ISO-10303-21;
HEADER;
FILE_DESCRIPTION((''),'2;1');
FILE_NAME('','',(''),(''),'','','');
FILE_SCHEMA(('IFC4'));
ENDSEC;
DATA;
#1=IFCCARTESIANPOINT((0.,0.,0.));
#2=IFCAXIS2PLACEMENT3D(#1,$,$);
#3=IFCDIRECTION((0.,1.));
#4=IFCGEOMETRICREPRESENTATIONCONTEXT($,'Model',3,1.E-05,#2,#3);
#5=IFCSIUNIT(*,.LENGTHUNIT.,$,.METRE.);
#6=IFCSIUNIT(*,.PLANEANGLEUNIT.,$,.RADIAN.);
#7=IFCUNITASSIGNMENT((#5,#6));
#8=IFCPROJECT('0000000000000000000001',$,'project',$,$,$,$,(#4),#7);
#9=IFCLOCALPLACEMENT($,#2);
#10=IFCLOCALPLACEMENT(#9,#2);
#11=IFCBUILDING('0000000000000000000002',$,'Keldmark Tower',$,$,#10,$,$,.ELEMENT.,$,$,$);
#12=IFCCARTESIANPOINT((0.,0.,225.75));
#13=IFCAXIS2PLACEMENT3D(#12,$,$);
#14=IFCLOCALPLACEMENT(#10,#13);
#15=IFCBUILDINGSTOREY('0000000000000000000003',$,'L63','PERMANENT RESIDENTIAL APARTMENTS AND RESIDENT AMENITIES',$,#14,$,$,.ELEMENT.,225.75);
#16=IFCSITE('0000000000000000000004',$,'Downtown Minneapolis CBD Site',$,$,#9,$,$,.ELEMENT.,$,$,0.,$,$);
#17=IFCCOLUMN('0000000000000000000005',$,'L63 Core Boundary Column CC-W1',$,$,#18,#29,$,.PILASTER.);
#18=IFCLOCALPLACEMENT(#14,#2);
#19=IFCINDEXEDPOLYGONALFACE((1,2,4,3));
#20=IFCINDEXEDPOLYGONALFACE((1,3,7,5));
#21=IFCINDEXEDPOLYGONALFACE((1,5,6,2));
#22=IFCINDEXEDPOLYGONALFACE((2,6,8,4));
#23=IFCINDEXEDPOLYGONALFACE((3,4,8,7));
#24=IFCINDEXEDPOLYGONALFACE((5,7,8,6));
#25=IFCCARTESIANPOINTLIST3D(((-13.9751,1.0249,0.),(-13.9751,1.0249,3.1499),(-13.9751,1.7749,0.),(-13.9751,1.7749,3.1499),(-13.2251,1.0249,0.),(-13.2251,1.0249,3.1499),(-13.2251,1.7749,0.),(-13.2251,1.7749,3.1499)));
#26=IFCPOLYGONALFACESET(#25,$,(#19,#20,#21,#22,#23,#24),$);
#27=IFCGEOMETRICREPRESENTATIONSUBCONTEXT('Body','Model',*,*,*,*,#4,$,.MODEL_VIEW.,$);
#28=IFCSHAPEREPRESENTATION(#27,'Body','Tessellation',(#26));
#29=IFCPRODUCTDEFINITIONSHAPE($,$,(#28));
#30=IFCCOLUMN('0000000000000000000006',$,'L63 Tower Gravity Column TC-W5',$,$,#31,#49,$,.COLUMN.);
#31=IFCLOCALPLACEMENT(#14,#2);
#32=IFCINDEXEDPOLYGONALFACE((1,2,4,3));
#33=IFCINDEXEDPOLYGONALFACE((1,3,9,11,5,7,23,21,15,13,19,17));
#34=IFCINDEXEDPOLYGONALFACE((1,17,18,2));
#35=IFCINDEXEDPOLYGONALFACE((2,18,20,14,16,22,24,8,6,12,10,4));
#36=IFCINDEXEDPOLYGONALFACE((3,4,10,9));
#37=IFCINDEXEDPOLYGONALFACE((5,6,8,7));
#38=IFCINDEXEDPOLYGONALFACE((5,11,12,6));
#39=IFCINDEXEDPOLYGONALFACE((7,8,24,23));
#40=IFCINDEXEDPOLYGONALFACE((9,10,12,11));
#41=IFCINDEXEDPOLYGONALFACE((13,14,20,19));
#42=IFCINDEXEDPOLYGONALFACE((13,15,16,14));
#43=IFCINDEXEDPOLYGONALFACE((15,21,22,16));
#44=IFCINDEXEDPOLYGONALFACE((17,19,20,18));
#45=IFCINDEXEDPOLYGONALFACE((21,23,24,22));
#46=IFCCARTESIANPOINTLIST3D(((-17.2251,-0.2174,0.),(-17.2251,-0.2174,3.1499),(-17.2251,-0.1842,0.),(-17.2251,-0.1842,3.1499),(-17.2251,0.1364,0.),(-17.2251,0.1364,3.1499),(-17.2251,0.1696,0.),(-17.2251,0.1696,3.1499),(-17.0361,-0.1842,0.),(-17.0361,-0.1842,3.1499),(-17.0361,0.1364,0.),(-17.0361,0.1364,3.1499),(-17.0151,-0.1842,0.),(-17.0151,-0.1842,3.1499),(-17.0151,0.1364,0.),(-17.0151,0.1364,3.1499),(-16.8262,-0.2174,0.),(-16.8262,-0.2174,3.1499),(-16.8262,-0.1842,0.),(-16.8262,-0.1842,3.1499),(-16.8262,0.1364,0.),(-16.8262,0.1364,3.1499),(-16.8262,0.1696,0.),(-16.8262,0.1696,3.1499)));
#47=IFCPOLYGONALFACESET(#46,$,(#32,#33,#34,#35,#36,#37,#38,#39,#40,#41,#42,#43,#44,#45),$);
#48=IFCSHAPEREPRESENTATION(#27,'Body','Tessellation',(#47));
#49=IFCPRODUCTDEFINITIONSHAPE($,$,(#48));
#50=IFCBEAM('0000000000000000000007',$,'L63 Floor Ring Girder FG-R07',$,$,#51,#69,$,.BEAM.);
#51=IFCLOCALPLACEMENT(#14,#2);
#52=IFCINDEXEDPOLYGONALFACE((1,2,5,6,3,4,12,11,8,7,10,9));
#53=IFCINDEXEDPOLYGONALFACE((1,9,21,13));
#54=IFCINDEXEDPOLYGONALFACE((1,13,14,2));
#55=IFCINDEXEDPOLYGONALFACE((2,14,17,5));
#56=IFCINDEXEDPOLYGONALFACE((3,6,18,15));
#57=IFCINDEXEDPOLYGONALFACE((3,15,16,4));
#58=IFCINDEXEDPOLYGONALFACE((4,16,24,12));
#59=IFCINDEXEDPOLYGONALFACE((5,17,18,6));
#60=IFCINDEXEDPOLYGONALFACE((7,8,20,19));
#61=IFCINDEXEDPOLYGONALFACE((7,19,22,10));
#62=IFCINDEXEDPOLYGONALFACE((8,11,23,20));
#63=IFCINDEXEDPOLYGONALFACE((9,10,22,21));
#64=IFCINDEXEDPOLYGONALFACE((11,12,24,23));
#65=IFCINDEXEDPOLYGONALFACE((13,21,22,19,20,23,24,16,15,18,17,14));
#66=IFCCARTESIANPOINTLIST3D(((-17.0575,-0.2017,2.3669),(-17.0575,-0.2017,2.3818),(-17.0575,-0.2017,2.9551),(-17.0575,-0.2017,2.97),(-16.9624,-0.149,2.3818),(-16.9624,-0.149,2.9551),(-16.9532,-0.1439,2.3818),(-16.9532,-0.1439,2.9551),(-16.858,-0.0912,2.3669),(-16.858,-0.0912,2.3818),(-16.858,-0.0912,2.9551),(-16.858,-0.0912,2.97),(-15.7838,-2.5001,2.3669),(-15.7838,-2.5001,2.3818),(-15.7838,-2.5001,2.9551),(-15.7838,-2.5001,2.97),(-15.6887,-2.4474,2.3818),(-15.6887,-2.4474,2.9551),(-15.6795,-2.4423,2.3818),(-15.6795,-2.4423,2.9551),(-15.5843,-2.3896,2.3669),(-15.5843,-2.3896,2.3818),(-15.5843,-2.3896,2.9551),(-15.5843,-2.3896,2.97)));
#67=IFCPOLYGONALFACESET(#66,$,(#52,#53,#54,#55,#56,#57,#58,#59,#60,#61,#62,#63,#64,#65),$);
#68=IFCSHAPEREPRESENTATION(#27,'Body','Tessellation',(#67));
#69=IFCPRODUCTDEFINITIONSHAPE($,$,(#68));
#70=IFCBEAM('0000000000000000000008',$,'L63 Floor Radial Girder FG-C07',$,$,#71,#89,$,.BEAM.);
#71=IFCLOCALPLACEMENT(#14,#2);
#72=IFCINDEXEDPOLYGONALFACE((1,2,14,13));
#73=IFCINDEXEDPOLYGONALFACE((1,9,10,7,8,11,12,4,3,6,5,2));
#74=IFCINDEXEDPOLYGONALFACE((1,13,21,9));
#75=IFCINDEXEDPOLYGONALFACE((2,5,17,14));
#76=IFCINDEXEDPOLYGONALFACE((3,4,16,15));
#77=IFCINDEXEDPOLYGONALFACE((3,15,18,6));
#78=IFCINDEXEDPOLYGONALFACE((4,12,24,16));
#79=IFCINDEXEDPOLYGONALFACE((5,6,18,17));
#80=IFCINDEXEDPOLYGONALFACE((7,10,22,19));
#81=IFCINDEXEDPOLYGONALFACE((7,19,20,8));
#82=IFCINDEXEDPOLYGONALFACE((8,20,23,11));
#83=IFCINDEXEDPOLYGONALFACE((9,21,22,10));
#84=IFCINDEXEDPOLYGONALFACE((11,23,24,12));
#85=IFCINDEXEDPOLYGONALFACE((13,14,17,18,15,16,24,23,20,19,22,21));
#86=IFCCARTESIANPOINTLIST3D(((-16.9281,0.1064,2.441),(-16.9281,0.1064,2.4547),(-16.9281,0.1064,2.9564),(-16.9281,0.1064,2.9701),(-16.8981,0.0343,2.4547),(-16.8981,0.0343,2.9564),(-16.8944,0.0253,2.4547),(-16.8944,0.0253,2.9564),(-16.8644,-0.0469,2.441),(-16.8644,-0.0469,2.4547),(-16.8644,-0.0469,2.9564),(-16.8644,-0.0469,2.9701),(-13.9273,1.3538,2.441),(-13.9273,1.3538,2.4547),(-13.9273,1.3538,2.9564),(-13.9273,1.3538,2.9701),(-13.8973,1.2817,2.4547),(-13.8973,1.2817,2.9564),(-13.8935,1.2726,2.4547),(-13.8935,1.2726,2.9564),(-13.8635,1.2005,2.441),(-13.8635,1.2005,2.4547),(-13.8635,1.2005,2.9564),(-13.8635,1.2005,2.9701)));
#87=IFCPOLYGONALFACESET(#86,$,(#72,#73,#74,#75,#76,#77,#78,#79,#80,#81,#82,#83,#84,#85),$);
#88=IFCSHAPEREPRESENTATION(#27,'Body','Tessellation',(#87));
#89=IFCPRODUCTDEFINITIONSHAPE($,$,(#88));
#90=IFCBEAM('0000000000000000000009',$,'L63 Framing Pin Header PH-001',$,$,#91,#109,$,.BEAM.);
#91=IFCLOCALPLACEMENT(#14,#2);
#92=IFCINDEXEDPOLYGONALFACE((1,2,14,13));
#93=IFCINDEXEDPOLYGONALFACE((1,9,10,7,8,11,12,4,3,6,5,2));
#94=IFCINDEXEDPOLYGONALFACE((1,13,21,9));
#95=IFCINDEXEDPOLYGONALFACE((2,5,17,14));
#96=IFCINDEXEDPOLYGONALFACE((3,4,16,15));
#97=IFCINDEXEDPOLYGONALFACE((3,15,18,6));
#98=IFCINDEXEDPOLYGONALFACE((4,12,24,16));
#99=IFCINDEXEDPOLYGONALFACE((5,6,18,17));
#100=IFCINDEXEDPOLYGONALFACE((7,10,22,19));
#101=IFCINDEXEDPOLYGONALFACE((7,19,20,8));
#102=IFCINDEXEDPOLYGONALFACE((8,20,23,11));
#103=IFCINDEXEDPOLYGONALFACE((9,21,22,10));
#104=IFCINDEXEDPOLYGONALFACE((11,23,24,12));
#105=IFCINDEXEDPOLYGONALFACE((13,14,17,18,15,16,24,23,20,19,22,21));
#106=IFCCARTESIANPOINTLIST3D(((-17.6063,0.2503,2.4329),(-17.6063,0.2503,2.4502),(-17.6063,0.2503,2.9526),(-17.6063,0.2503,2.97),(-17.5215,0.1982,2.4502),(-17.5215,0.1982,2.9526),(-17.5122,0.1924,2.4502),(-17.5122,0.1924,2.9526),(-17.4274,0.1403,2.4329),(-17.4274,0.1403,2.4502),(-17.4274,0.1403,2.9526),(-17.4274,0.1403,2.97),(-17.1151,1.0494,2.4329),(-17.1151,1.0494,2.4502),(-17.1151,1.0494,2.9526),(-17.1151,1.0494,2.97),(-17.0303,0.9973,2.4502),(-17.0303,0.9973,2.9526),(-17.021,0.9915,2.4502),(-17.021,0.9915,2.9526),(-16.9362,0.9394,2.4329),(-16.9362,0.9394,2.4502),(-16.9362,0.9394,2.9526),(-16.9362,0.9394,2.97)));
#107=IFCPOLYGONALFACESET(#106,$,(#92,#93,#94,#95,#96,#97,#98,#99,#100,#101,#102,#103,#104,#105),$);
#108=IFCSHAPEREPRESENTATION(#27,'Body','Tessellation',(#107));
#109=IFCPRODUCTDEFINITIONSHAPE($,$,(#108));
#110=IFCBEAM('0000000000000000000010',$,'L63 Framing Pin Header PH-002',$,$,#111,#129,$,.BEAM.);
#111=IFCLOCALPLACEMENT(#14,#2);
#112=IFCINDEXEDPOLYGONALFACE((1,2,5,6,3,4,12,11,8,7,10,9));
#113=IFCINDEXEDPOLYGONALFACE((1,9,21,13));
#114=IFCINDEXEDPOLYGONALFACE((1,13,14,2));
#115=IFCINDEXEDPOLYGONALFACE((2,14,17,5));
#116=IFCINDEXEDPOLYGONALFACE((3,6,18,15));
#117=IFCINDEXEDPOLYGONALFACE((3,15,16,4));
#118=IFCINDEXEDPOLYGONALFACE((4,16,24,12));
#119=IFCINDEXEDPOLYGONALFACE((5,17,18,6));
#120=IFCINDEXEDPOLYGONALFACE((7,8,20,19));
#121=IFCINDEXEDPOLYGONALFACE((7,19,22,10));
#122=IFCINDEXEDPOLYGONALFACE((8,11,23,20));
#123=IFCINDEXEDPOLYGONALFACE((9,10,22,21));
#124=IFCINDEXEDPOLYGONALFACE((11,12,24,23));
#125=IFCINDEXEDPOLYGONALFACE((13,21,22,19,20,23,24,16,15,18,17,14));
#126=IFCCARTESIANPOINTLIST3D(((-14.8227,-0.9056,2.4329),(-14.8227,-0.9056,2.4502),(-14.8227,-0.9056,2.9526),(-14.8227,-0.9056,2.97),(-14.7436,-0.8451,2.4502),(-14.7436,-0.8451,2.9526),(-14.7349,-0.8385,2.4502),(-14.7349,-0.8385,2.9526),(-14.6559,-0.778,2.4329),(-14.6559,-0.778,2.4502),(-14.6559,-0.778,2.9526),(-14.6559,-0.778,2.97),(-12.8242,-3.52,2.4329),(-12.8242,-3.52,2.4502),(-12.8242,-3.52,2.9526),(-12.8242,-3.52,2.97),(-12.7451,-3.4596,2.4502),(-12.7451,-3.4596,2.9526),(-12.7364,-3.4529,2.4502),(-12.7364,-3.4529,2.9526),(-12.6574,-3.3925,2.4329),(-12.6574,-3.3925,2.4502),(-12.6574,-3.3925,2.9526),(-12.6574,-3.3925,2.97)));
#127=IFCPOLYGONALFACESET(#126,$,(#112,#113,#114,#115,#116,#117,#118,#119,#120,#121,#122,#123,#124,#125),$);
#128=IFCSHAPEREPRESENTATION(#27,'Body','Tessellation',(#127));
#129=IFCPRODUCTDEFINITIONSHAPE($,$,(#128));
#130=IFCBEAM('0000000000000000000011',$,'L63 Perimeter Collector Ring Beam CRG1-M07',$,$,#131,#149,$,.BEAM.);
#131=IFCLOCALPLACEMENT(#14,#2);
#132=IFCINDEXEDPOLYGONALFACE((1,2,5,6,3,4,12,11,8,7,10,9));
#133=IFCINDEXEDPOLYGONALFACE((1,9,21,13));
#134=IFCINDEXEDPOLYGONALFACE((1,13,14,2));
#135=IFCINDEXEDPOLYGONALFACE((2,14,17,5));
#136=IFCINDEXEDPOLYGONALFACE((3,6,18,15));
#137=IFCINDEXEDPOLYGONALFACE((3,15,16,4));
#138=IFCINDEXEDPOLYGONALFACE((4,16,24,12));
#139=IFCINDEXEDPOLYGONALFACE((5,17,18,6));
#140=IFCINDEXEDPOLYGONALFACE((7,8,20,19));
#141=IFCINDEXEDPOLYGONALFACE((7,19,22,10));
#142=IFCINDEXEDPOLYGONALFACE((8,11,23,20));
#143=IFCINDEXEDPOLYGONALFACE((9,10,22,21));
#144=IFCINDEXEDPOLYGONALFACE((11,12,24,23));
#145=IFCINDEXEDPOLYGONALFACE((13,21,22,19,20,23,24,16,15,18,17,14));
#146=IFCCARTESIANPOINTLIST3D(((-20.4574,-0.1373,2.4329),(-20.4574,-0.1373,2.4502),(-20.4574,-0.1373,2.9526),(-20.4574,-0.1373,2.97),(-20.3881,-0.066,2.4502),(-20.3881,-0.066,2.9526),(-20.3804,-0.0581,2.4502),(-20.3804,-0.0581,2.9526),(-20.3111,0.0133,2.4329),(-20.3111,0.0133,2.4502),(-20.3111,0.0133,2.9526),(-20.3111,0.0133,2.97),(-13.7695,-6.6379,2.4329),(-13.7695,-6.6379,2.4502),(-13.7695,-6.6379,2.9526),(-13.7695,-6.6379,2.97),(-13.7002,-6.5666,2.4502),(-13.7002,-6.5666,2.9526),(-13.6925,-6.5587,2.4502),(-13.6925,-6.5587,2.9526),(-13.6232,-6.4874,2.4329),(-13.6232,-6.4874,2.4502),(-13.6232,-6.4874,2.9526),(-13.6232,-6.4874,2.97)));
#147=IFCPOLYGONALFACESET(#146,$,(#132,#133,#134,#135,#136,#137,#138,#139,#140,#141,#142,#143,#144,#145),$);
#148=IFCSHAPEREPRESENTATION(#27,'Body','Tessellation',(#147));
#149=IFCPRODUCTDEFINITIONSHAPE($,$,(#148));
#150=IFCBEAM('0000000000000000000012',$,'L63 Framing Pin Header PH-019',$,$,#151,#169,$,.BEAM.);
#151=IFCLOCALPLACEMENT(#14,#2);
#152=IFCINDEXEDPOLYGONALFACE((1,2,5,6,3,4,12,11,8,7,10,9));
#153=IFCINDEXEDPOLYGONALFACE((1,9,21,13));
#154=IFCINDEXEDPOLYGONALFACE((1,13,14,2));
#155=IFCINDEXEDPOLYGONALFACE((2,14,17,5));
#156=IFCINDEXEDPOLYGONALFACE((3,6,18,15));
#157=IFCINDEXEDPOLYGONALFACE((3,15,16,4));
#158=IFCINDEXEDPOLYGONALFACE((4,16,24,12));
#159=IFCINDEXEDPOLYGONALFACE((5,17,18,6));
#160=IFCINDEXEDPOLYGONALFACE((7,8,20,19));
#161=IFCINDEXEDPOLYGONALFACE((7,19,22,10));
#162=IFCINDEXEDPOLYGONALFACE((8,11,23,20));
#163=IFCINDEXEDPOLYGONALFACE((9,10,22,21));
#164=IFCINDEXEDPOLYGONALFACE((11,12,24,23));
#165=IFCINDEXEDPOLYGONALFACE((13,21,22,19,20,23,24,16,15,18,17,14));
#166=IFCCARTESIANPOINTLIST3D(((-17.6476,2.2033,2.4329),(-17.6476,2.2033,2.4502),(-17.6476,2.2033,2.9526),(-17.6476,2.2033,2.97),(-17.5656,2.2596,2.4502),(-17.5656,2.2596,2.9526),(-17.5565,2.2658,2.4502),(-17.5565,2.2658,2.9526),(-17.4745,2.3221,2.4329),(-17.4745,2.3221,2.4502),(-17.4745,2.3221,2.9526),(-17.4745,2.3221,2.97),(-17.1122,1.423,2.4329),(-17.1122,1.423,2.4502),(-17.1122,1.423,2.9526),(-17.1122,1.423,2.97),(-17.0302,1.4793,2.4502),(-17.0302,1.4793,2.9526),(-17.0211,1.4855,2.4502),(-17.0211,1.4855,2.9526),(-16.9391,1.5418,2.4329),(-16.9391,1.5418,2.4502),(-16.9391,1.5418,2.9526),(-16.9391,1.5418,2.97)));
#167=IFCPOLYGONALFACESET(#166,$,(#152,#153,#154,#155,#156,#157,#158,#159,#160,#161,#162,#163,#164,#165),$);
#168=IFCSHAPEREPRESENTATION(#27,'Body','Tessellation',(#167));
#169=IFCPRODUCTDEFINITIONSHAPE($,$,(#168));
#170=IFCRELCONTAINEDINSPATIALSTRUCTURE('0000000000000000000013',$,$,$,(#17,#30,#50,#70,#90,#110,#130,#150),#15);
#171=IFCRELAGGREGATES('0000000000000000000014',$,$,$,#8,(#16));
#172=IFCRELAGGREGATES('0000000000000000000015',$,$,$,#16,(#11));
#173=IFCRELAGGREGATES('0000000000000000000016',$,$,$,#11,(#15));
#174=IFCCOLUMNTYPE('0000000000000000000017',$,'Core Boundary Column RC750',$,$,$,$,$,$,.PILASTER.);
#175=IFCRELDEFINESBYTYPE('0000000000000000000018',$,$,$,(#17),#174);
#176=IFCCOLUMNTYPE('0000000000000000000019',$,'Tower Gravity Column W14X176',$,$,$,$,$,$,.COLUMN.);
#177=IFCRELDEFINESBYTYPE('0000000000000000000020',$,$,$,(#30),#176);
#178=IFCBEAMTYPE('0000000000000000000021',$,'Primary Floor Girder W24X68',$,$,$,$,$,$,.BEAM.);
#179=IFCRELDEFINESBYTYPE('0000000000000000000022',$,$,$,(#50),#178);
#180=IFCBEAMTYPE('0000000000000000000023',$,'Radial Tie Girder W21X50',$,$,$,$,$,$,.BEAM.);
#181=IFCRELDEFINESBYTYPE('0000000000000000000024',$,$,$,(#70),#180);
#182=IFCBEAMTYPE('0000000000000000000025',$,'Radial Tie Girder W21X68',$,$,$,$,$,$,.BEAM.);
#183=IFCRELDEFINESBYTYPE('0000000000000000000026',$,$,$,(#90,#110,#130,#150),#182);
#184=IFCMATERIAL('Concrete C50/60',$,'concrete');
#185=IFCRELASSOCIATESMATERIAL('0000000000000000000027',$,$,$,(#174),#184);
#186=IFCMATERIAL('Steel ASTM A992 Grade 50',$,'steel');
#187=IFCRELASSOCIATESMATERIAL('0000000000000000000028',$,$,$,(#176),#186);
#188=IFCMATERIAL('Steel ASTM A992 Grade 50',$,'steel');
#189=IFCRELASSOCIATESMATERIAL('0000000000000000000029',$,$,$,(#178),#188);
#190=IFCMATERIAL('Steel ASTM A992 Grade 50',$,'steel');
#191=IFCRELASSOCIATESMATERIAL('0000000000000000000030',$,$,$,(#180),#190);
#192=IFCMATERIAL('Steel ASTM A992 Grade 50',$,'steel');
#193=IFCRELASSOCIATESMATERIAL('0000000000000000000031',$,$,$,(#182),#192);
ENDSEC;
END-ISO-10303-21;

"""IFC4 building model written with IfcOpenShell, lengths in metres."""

from ifc_helpers import new_model, si_unit, direction, frame, origin, origin_2d, place, context, subcontext, project, spatial, rectangle, i_section, extrude, material, material_profile, profile_set, type_object, element, save


model = new_model("IFC4")

# Units and contexts
model_context = context("Model", 3, precision=1e-05, world=origin(), true_north=direction((0.0, 1.0)))
body_context = subcontext(model_context, "Body", "Model", "MODEL_VIEW")
ifc_project = project(units=[si_unit("LENGTHUNIT", "METRE"), si_unit("PLANEANGLEUNIT", "RADIAN")], contexts=[model_context])

# Site, building, storey
site_placement = place(None, origin())
site = spatial("IfcSite", under=ifc_project, at=site_placement, Name="Downtown Minneapolis CBD Site", CompositionType="ELEMENT", RefElevation=0.0)
building_placement = place(site_placement, origin())
building = spatial("IfcBuilding", under=site, at=building_placement, Name="Keldmark Tower", CompositionType="ELEMENT")
storey_placement = place(building_placement, frame((0.0, 0.0, 225.75)))
storey = spatial("IfcBuildingStorey", under=building, at=storey_placement, Name="L63", Description="PERMANENT RESIDENTIAL APARTMENTS AND RESIDENT AMENITIES", CompositionType="ELEMENT", Elevation=225.75)

# Columns
ifc_material_1 = material(Name="Concrete C50/60", Category="concrete")
ifc_material_profile_1 = material_profile(ifc_material_1, rectangle(XDim=0.75, YDim=0.75, at=origin_2d()), Name="RC750X750")
ifc_profile_set_1 = profile_set([ifc_material_profile_1], Name="Concrete C50/60")
column_type_1 = type_object("IfcColumnType", Name="Core Boundary Column RC750", PredefinedType="PILASTER", material=ifc_profile_set_1)
column_1_placement = place(storey_placement, frame((-13.6001, 1.3999, 0.0), z_axis=(0.0, 0.0, 1.0), x_axis=(1.0, 0.0, 0.0)))
element("IfcColumn", 1, at=column_1_placement, inside=storey, type_object=column_type_1, Name="L63 Core Boundary Column CC-W1", PredefinedType="PILASTER", context=body_context, shape_type="SweptSolid", body=[
    extrude(rectangle(XDim=0.75, YDim=0.75, at=origin_2d()), origin(), (0.0, 0.0, 1.0), 3.1499),
])
ifc_material_2 = material(Name="Steel ASTM A992 Grade 50", Category="steel")
ifc_material_profile_2 = material_profile(ifc_material_2, i_section(OverallWidth=0.3989, OverallDepth=0.387, WebThickness=0.021, FlangeThickness=0.0332, at=origin_2d()), Name="W14X176")
ifc_profile_set_2 = profile_set([ifc_material_profile_2], Name="Steel ASTM A992 Grade 50")
column_type_2 = type_object("IfcColumnType", Name="Tower Gravity Column W14X176", PredefinedType="COLUMN", material=ifc_profile_set_2)
column_2_placement = place(storey_placement, frame((-17.0256, -0.0239, 0.0), z_axis=(0.0, 0.0, 1.0), x_axis=(1.0, 0.0, 0.0)))
element("IfcColumn", 2, at=column_2_placement, inside=storey, type_object=column_type_2, Name="L63 Tower Gravity Column TC-W5", PredefinedType="COLUMN", context=body_context, shape_type="SweptSolid", body=[
    extrude(i_section(OverallWidth=0.3989, OverallDepth=0.387, WebThickness=0.021, FlangeThickness=0.0332, at=origin_2d()), origin(), (0.0, 0.0, 1.0), 3.1499),
])

# Beams
ifc_material_3 = material(Name="Steel ASTM A992 Grade 50", Category="steel")
ifc_material_profile_3 = material_profile(ifc_material_3, i_section(OverallWidth=0.228, OverallDepth=0.603, WebThickness=0.0105, FlangeThickness=0.0149, at=origin_2d()), Name="W24X68")
ifc_profile_set_3 = profile_set([ifc_material_profile_3], Name="Steel ASTM A992 Grade 50")
beam_type_1 = type_object("IfcBeamType", Name="Primary Floor Girder W24X68", PredefinedType="BEAM", material=ifc_profile_set_3)
beam_1_placement = place(storey_placement, frame((-16.9578, -0.1465, 2.6685), z_axis=(0.48472, -0.87467, 0.0), x_axis=(0.87467, 0.48472, 0.0)))
element("IfcBeam", 3, at=beam_1_placement, inside=storey, type_object=beam_type_1, Name="L63 Floor Ring Girder FG-R07", PredefinedType="BEAM", context=body_context, shape_type="SweptSolid", body=[
    extrude(i_section(OverallWidth=0.228, OverallDepth=0.603, WebThickness=0.0105, FlangeThickness=0.0149, at=origin_2d()), origin(), (0.0, 0.0, 1.0), 2.6277),
])
ifc_material_4 = material(Name="Steel ASTM A992 Grade 50", Category="steel")
ifc_material_profile_4 = material_profile(ifc_material_4, i_section(OverallWidth=0.166, OverallDepth=0.5291, WebThickness=0.0098, FlangeThickness=0.0137, at=origin_2d()), Name="W21X50")
ifc_profile_set_4 = profile_set([ifc_material_profile_4], Name="Steel ASTM A992 Grade 50")
beam_type_2 = type_object("IfcBeamType", Name="Radial Tie Girder W21X50", PredefinedType="BEAM", material=ifc_profile_set_4)
beam_2_placement = place(storey_placement, frame((-16.8962, 0.0298, 2.7056), z_axis=(0.923403, 0.383831, 0.0), x_axis=(-0.383831, 0.923403, 0.0)))
element("IfcBeam", 4, at=beam_2_placement, inside=storey, type_object=beam_type_2, Name="L63 Floor Radial Girder FG-C07", PredefinedType="BEAM", context=body_context, shape_type="SweptSolid", body=[
    extrude(i_section(OverallWidth=0.166, OverallDepth=0.5291, WebThickness=0.0098, FlangeThickness=0.0137, at=origin_2d()), origin(), (0.0, 0.0, 1.0), 3.2498),
])
ifc_material_5 = material(Name="Steel ASTM A992 Grade 50", Category="steel")
ifc_material_profile_5 = material_profile(ifc_material_5, i_section(OverallWidth=0.21, OverallDepth=0.5371, WebThickness=0.011, FlangeThickness=0.0173, at=origin_2d()), Name="W21X68")
ifc_profile_set_5 = profile_set([ifc_material_profile_5], Name="Steel ASTM A992 Grade 50")
beam_type_3 = type_object("IfcBeamType", Name="Radial Tie Girder W21X68", PredefinedType="BEAM", material=ifc_profile_set_5)
beam_3_placement = place(storey_placement, frame((-17.0256, 0.9944, 2.7014), z_axis=(-0.523691, -0.851908, 0.0), x_axis=(0.851908, -0.523691, 0.0)))
element("IfcBeam", 5, at=beam_3_placement, inside=storey, type_object=beam_type_3, Name="L63 Framing Pin Header PH-001", PredefinedType="BEAM", context=body_context, shape_type="SweptSolid", body=[
    extrude(i_section(OverallWidth=0.21, OverallDepth=0.5371, WebThickness=0.011, FlangeThickness=0.0173, at=origin_2d()), origin(), (0.0, 0.0, 1.0), 0.938),
])
beam_4_placement = place(storey_placement, frame((-14.7393, -0.8418, 2.7014), z_axis=(0.607299, -0.794474, 0.0), x_axis=(0.794474, 0.607299, 0.0)))
element("IfcBeam", 6, at=beam_4_placement, inside=storey, type_object=beam_type_3, Name="L63 Framing Pin Header PH-002", PredefinedType="BEAM", context=body_context, shape_type="SweptSolid", body=[
    extrude(i_section(OverallWidth=0.21, OverallDepth=0.5371, WebThickness=0.011, FlangeThickness=0.0173, at=origin_2d()), origin(), (0.0, 0.0, 1.0), 3.2908),
])
beam_5_placement = place(storey_placement, frame((-20.3843, -0.062, 2.7014), z_axis=(0.717074, -0.696997, 0.0), x_axis=(0.696997, 0.717074, 0.0)))
element("IfcBeam", 7, at=beam_5_placement, inside=storey, type_object=beam_type_3, Name="L63 Perimeter Collector Ring Beam CRG1-M07", PredefinedType="BEAM", context=body_context, shape_type="SweptSolid", body=[
    extrude(i_section(OverallWidth=0.21, OverallDepth=0.5371, WebThickness=0.011, FlangeThickness=0.0173, at=origin_2d()), origin(), (0.0, 0.0, 1.0), 9.3267),
])
beam_6_placement = place(storey_placement, frame((-17.0256, 1.4824, 2.7014), z_axis=(-0.565784, 0.824553, 0.0), x_axis=(-0.824553, -0.565784, 0.0)))
element("IfcBeam", 8, at=beam_6_placement, inside=storey, type_object=beam_type_3, Name="L63 Framing Pin Header PH-019", PredefinedType="BEAM", context=body_context, shape_type="SweptSolid", body=[
    extrude(i_section(OverallWidth=0.21, OverallDepth=0.5371, WebThickness=0.011, FlangeThickness=0.0173, at=origin_2d()), origin(), (0.0, 0.0, 1.0), 0.9463),
])

save(model, "model.ifc")
